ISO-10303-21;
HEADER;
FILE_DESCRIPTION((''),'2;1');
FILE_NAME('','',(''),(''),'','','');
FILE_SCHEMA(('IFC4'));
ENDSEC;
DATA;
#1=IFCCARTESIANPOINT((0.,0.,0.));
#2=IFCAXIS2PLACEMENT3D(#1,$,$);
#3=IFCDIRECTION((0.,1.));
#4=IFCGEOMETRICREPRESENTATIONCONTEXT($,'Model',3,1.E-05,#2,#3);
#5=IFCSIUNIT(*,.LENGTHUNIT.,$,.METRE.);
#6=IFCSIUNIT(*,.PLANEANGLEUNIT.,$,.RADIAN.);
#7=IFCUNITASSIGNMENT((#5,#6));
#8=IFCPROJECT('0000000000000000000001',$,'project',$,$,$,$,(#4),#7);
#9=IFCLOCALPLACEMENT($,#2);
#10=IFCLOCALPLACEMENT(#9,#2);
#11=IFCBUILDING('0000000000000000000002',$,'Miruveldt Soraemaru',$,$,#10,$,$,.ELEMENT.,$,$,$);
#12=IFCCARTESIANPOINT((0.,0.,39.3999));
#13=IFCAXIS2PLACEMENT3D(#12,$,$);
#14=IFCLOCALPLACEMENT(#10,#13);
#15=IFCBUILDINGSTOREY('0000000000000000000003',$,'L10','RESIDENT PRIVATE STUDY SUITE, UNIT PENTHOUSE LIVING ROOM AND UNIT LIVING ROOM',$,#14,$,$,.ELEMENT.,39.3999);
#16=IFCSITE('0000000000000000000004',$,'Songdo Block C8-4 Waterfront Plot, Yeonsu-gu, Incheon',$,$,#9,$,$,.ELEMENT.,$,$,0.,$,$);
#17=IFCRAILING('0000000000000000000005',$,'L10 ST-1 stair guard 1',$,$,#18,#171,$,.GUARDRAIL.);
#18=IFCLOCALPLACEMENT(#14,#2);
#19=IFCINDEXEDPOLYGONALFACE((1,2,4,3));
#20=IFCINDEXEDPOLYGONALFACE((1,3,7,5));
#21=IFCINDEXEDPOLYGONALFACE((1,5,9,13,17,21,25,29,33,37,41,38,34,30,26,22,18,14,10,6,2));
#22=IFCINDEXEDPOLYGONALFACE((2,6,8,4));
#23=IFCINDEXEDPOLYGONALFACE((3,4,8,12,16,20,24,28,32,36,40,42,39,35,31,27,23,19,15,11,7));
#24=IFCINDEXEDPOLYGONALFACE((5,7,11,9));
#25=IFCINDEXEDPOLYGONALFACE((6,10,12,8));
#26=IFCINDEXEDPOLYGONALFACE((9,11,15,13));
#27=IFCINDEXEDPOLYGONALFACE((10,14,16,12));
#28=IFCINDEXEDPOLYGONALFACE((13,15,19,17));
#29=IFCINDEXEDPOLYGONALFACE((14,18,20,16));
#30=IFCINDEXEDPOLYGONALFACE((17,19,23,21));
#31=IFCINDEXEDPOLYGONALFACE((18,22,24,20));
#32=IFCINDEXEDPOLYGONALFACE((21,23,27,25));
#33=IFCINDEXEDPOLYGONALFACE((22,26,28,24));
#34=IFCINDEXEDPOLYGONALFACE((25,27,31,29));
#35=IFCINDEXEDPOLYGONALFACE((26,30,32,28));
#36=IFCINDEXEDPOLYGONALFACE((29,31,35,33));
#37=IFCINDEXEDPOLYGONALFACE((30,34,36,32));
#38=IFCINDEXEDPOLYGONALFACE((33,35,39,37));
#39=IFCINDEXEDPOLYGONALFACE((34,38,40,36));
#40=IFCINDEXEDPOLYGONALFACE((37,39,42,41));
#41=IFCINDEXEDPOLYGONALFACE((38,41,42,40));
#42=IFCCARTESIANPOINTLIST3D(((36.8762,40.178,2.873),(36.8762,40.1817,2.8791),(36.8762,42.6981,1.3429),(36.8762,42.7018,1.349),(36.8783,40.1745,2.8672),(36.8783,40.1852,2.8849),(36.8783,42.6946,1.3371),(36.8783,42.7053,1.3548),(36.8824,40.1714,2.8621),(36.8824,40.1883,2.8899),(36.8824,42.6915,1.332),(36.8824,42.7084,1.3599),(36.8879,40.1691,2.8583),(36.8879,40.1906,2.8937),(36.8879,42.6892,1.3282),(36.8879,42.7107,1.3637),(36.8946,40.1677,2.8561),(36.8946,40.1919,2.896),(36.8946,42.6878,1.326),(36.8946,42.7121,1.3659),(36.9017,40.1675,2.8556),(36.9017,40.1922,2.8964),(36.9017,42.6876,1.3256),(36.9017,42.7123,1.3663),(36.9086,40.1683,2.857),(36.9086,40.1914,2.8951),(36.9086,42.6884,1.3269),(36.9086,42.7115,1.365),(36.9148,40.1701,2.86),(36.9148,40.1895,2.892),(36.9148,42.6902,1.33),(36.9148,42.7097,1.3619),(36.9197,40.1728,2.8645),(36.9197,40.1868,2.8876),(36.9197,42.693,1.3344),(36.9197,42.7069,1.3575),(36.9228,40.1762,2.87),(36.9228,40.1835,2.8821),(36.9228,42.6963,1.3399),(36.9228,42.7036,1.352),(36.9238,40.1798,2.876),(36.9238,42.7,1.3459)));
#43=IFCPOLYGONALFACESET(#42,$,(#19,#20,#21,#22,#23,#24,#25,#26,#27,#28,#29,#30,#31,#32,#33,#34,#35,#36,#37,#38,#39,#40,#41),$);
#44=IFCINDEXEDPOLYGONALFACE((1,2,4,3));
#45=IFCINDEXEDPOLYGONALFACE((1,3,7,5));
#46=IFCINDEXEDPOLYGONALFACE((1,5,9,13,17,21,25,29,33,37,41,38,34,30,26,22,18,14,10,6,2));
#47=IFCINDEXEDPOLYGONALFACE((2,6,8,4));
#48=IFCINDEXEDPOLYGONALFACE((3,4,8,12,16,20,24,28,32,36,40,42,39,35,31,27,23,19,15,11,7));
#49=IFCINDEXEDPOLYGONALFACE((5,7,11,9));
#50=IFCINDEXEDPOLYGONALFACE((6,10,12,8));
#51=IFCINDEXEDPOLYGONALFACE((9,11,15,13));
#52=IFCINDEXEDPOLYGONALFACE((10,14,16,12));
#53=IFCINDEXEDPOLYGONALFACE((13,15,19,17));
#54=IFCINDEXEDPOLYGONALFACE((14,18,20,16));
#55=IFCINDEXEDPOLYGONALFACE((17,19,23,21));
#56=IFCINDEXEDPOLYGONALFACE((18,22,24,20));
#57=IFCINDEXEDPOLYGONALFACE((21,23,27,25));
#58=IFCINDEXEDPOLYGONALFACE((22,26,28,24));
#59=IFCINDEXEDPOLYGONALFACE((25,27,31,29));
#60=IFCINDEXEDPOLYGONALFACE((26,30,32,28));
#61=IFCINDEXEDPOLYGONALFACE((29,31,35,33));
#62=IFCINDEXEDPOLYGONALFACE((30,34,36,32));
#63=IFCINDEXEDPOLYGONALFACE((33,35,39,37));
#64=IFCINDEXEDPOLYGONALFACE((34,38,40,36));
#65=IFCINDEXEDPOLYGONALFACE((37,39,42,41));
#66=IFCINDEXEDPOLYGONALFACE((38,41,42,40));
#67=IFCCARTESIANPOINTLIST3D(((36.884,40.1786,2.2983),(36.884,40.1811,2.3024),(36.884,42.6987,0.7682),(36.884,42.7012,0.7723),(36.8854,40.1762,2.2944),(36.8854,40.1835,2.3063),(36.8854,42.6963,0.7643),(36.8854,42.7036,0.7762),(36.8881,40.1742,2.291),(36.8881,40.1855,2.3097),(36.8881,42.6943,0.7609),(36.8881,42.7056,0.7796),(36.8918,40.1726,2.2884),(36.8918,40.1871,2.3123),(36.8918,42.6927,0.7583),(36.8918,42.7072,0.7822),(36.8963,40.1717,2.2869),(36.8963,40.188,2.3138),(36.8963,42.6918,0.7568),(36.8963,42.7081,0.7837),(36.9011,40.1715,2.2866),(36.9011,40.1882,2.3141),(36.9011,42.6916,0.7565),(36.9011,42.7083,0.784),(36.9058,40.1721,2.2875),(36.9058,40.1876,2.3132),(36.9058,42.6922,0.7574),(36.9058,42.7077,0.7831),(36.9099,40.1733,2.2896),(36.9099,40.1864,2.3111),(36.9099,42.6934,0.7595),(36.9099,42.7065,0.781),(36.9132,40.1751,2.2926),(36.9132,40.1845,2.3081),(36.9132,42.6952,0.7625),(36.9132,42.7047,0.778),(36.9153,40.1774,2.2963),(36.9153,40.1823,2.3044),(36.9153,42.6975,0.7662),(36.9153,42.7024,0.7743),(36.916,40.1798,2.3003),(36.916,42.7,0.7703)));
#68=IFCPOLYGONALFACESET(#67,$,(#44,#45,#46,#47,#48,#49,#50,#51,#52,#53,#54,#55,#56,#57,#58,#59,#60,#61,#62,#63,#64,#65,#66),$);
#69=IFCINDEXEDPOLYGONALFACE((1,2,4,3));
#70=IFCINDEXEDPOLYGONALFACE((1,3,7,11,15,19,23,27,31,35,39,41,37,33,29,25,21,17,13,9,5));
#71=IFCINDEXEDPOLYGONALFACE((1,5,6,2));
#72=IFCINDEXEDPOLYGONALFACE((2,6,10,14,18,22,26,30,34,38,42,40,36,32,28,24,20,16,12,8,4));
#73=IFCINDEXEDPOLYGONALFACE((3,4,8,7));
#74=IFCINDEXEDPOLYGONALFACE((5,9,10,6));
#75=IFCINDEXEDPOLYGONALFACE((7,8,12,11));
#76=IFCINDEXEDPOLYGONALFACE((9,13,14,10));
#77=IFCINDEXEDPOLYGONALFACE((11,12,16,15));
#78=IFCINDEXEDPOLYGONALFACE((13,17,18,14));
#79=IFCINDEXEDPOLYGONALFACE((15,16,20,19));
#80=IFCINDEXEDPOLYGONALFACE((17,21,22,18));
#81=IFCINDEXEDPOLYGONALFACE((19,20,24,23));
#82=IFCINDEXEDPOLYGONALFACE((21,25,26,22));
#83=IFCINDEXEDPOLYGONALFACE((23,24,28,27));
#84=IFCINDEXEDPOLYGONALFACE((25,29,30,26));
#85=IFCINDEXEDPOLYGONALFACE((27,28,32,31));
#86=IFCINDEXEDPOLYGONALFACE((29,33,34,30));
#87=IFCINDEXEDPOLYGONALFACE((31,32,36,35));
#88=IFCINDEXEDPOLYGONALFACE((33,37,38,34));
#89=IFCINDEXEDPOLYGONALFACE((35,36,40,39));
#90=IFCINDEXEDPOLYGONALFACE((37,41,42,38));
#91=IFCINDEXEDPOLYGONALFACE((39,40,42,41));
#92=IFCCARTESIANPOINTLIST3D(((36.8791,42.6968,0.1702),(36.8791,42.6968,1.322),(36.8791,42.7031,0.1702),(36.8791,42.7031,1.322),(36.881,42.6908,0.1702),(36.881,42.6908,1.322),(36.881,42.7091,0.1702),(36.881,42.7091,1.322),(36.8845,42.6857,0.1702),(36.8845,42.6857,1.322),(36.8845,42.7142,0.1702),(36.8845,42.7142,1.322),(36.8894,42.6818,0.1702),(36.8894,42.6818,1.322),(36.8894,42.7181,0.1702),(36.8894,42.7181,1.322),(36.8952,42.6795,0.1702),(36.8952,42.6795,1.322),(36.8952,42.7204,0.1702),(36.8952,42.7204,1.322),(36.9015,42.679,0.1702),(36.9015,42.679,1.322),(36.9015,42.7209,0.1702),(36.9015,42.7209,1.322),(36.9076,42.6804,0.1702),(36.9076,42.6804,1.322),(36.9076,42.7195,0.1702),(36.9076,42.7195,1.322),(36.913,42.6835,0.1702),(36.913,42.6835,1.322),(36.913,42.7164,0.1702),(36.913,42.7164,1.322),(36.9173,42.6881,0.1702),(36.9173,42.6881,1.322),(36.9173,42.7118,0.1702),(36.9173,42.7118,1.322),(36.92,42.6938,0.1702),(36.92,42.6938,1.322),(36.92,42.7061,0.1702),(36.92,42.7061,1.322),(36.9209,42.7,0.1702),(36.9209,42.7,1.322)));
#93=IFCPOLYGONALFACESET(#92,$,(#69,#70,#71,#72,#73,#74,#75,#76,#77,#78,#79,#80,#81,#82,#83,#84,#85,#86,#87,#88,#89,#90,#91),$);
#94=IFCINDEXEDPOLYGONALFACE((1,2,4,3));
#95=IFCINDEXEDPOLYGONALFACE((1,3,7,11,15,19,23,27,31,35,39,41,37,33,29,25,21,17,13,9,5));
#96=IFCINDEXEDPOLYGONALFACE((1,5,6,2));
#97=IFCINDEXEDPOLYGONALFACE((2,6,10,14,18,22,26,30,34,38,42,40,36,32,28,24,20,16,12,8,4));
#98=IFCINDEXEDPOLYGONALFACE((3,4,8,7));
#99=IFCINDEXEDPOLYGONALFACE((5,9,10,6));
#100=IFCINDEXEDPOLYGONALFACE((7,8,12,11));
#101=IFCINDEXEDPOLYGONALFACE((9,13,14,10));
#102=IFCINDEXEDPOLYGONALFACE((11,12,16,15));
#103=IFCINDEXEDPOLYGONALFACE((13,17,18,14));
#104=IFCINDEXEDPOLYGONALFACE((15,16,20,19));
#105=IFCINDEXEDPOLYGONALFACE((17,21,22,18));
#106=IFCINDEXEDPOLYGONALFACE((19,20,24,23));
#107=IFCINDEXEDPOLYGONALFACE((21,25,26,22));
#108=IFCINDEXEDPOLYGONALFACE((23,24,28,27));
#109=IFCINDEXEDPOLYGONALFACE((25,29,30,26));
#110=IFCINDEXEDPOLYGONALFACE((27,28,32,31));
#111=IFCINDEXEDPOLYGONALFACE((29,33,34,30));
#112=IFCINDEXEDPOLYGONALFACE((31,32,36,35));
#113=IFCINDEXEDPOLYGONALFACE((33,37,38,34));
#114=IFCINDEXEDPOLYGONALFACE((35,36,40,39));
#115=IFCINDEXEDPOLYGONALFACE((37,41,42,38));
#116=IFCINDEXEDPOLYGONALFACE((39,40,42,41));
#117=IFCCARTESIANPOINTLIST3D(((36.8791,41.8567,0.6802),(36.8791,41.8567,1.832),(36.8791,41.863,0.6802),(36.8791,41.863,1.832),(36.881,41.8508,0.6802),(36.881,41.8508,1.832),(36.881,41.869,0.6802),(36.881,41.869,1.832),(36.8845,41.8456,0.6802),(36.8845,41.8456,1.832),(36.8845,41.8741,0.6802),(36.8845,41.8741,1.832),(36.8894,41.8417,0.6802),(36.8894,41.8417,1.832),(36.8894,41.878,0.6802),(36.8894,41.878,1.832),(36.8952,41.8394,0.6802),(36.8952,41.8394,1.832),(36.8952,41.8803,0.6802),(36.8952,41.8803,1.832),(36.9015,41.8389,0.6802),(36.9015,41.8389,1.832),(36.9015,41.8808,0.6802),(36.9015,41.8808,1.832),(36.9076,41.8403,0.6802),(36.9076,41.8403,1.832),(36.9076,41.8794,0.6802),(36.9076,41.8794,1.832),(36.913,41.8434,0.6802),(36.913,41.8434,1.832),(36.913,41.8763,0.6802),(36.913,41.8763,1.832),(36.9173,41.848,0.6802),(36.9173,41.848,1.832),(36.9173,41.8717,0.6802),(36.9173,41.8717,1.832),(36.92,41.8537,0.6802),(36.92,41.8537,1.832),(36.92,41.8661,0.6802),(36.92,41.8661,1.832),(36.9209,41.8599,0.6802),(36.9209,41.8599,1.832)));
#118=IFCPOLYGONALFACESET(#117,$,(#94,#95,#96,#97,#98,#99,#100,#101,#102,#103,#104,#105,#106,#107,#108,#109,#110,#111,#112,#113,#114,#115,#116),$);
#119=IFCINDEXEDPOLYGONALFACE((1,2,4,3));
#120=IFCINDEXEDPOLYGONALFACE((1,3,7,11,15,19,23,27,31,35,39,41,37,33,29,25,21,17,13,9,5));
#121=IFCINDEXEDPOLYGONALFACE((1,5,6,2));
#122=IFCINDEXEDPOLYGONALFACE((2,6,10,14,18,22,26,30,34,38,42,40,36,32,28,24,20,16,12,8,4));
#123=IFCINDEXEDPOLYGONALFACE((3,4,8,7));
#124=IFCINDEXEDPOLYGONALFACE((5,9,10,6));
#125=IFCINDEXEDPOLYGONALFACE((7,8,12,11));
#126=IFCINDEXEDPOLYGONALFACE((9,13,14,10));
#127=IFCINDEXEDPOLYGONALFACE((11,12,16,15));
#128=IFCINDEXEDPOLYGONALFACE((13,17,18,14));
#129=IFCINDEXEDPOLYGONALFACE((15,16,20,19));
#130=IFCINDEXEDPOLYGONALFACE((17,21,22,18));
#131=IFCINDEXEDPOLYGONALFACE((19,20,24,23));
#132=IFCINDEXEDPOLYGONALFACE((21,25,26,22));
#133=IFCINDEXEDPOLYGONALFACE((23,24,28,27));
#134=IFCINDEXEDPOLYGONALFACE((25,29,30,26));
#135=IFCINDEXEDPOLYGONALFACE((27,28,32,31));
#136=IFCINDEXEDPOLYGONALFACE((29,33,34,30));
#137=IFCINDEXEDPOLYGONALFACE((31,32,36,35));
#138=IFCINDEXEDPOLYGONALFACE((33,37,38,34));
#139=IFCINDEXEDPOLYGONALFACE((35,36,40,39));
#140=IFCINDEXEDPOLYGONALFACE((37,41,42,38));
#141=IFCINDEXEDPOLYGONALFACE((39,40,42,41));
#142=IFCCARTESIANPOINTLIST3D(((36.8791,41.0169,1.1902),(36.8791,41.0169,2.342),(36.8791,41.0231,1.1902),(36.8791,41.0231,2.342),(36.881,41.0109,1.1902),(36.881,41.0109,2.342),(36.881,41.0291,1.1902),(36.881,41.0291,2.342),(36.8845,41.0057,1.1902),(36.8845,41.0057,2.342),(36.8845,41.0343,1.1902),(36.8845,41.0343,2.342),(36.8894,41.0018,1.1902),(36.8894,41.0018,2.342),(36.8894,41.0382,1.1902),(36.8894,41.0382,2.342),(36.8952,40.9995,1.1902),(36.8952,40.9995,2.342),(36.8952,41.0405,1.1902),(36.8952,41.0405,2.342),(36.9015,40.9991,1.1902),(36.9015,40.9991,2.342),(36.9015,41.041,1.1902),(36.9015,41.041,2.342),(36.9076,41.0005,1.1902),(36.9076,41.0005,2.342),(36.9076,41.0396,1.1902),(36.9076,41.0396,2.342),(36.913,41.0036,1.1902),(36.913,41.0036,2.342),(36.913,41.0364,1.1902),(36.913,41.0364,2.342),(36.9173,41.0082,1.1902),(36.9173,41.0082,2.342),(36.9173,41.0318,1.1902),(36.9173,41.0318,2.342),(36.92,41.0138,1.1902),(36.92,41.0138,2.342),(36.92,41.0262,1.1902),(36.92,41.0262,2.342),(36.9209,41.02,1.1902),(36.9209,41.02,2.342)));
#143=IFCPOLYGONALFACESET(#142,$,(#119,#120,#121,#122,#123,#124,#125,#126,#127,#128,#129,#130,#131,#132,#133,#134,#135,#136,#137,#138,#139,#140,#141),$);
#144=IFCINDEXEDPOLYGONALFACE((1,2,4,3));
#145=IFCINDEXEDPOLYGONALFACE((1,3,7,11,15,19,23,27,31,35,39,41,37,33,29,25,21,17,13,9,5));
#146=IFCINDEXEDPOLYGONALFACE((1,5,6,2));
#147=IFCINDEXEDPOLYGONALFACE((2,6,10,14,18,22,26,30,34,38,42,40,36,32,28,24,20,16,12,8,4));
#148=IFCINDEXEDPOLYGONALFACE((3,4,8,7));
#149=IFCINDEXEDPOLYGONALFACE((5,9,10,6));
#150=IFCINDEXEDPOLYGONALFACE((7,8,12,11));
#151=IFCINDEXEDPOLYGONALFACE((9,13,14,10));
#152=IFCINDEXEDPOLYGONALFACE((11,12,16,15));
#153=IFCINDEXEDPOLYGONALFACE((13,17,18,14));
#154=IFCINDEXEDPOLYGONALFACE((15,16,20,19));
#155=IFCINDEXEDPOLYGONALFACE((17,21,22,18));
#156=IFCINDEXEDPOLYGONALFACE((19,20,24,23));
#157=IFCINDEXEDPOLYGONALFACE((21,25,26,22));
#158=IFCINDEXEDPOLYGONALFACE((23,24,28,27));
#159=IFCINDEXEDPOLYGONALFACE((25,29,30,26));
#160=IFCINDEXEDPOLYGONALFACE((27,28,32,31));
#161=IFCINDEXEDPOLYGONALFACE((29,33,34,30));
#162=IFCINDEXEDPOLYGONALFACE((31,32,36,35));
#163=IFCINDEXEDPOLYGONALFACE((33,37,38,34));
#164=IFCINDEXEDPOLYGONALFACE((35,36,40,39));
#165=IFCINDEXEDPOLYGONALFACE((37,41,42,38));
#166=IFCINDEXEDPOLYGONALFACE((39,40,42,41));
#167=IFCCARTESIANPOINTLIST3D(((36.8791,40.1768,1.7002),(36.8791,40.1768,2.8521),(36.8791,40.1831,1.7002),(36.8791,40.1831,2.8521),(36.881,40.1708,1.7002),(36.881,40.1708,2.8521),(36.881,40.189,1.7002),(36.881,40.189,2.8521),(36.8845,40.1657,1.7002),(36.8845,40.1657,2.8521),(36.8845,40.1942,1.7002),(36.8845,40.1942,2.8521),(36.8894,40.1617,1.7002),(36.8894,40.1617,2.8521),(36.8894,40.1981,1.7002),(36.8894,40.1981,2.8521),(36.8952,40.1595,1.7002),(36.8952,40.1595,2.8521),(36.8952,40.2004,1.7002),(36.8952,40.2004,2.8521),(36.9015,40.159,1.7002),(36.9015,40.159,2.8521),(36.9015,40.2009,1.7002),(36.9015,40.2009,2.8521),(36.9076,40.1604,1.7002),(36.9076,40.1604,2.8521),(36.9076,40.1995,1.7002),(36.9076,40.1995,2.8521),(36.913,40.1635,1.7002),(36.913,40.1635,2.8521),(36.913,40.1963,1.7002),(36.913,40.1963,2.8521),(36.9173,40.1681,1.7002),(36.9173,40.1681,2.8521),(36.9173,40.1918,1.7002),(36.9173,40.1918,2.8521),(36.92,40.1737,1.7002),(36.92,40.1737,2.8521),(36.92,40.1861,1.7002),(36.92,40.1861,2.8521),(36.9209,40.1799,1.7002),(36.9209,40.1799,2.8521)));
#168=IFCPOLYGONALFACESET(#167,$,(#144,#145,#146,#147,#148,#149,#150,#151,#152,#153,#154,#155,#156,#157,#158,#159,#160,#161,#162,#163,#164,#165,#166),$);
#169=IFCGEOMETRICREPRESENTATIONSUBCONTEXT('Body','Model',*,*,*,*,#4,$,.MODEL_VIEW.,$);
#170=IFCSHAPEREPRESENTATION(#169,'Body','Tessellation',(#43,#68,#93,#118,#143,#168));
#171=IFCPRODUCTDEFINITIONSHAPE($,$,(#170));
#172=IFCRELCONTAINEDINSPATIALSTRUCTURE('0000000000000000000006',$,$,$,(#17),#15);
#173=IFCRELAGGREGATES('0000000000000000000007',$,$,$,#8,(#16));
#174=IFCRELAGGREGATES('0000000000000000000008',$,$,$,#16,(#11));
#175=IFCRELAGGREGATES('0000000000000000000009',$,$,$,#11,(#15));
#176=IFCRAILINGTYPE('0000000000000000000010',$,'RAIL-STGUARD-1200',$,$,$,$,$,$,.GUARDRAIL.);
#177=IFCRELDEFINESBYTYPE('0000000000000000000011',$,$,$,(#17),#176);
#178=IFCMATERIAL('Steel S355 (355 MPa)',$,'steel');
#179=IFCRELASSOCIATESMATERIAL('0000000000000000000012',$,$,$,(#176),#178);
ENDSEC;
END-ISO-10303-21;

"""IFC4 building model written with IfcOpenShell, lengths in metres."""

from ifc_helpers import new_model, si_unit, direction, frame, origin, origin_2d, place, context, subcontext, project, spatial, circle, extrude, material, type_object, element, save


model = new_model("IFC4")

# Units and contexts
model_context = context("Model", 3, precision=1e-05, world=origin(), true_north=direction((0.0, 1.0)))
body_context = subcontext(model_context, "Body", "Model", "MODEL_VIEW")
ifc_project = project(units=[si_unit("LENGTHUNIT", "METRE"), si_unit("PLANEANGLEUNIT", "RADIAN")], contexts=[model_context])

# Site, building, storey
site_placement = place(None, origin())
site = spatial("IfcSite", under=ifc_project, at=site_placement, Name="Songdo Block C8-4 Waterfront Plot, Yeonsu-gu, Incheon", CompositionType="ELEMENT", RefElevation=0.0)
building_placement = place(site_placement, origin())
building = spatial("IfcBuilding", under=site, at=building_placement, Name="Miruveldt Soraemaru", CompositionType="ELEMENT")
storey_placement = place(building_placement, frame((0.0, 0.0, 39.3999)))
storey = spatial("IfcBuildingStorey", under=building, at=storey_placement, Name="L10", Description="RESIDENT PRIVATE STUDY SUITE, UNIT PENTHOUSE LIVING ROOM AND UNIT LIVING ROOM", CompositionType="ELEMENT", Elevation=39.3999)

# Railing
ifc_material_1 = material(Name="Steel S355 (355 MPa)", Category="steel")
railing_type_1 = type_object("IfcRailingType", Name="RAIL-STGUARD-1200", PredefinedType="GUARDRAIL", material=ifc_material_1)
railing_1_placement = place(storey_placement, frame((36.8999, 42.7, 0.1702)))
element("IfcRailing", 1, at=railing_1_placement, inside=storey, type_object=railing_type_1, Name="L10 ST-1 stair guard 1", PredefinedType="GUARDRAIL", context=body_context, shape_type="SweptSolid", body=[
    extrude(circle(Radius=0.0239, at=origin_2d()), frame((0.0, 0.0, 1.1758), z_axis=(0.0, -0.854785, 0.518982), x_axis=(1.0, 0.0, 0.0)), (0.0, 0.0, 1.0), 2.9482),
    extrude(circle(Radius=0.0161, at=origin_2d()), frame((0.0, 0.0, 0.6001), z_axis=(0.0, -0.854785, 0.518982), x_axis=(1.0, 0.0, 0.0)), (0.0, 0.0, 1.0), 2.9482),
    extrude(circle(Radius=0.021, at=origin_2d()), origin(), (0.0, 0.0, 1.0), 1.1519),
    extrude(circle(Radius=0.021, at=origin_2d()), frame((0.0, -0.8401, 0.51)), (0.0, 0.0, 1.0), 1.1519),
    extrude(circle(Radius=0.021, at=origin_2d()), frame((0.0, -1.6799, 1.02)), (0.0, 0.0, 1.0), 1.1519),
    extrude(circle(Radius=0.021, at=origin_2d()), frame((0.0, -2.52, 1.53)), (0.0, 0.0, 1.0), 1.1519),
])

save(model, "model.ifc")
